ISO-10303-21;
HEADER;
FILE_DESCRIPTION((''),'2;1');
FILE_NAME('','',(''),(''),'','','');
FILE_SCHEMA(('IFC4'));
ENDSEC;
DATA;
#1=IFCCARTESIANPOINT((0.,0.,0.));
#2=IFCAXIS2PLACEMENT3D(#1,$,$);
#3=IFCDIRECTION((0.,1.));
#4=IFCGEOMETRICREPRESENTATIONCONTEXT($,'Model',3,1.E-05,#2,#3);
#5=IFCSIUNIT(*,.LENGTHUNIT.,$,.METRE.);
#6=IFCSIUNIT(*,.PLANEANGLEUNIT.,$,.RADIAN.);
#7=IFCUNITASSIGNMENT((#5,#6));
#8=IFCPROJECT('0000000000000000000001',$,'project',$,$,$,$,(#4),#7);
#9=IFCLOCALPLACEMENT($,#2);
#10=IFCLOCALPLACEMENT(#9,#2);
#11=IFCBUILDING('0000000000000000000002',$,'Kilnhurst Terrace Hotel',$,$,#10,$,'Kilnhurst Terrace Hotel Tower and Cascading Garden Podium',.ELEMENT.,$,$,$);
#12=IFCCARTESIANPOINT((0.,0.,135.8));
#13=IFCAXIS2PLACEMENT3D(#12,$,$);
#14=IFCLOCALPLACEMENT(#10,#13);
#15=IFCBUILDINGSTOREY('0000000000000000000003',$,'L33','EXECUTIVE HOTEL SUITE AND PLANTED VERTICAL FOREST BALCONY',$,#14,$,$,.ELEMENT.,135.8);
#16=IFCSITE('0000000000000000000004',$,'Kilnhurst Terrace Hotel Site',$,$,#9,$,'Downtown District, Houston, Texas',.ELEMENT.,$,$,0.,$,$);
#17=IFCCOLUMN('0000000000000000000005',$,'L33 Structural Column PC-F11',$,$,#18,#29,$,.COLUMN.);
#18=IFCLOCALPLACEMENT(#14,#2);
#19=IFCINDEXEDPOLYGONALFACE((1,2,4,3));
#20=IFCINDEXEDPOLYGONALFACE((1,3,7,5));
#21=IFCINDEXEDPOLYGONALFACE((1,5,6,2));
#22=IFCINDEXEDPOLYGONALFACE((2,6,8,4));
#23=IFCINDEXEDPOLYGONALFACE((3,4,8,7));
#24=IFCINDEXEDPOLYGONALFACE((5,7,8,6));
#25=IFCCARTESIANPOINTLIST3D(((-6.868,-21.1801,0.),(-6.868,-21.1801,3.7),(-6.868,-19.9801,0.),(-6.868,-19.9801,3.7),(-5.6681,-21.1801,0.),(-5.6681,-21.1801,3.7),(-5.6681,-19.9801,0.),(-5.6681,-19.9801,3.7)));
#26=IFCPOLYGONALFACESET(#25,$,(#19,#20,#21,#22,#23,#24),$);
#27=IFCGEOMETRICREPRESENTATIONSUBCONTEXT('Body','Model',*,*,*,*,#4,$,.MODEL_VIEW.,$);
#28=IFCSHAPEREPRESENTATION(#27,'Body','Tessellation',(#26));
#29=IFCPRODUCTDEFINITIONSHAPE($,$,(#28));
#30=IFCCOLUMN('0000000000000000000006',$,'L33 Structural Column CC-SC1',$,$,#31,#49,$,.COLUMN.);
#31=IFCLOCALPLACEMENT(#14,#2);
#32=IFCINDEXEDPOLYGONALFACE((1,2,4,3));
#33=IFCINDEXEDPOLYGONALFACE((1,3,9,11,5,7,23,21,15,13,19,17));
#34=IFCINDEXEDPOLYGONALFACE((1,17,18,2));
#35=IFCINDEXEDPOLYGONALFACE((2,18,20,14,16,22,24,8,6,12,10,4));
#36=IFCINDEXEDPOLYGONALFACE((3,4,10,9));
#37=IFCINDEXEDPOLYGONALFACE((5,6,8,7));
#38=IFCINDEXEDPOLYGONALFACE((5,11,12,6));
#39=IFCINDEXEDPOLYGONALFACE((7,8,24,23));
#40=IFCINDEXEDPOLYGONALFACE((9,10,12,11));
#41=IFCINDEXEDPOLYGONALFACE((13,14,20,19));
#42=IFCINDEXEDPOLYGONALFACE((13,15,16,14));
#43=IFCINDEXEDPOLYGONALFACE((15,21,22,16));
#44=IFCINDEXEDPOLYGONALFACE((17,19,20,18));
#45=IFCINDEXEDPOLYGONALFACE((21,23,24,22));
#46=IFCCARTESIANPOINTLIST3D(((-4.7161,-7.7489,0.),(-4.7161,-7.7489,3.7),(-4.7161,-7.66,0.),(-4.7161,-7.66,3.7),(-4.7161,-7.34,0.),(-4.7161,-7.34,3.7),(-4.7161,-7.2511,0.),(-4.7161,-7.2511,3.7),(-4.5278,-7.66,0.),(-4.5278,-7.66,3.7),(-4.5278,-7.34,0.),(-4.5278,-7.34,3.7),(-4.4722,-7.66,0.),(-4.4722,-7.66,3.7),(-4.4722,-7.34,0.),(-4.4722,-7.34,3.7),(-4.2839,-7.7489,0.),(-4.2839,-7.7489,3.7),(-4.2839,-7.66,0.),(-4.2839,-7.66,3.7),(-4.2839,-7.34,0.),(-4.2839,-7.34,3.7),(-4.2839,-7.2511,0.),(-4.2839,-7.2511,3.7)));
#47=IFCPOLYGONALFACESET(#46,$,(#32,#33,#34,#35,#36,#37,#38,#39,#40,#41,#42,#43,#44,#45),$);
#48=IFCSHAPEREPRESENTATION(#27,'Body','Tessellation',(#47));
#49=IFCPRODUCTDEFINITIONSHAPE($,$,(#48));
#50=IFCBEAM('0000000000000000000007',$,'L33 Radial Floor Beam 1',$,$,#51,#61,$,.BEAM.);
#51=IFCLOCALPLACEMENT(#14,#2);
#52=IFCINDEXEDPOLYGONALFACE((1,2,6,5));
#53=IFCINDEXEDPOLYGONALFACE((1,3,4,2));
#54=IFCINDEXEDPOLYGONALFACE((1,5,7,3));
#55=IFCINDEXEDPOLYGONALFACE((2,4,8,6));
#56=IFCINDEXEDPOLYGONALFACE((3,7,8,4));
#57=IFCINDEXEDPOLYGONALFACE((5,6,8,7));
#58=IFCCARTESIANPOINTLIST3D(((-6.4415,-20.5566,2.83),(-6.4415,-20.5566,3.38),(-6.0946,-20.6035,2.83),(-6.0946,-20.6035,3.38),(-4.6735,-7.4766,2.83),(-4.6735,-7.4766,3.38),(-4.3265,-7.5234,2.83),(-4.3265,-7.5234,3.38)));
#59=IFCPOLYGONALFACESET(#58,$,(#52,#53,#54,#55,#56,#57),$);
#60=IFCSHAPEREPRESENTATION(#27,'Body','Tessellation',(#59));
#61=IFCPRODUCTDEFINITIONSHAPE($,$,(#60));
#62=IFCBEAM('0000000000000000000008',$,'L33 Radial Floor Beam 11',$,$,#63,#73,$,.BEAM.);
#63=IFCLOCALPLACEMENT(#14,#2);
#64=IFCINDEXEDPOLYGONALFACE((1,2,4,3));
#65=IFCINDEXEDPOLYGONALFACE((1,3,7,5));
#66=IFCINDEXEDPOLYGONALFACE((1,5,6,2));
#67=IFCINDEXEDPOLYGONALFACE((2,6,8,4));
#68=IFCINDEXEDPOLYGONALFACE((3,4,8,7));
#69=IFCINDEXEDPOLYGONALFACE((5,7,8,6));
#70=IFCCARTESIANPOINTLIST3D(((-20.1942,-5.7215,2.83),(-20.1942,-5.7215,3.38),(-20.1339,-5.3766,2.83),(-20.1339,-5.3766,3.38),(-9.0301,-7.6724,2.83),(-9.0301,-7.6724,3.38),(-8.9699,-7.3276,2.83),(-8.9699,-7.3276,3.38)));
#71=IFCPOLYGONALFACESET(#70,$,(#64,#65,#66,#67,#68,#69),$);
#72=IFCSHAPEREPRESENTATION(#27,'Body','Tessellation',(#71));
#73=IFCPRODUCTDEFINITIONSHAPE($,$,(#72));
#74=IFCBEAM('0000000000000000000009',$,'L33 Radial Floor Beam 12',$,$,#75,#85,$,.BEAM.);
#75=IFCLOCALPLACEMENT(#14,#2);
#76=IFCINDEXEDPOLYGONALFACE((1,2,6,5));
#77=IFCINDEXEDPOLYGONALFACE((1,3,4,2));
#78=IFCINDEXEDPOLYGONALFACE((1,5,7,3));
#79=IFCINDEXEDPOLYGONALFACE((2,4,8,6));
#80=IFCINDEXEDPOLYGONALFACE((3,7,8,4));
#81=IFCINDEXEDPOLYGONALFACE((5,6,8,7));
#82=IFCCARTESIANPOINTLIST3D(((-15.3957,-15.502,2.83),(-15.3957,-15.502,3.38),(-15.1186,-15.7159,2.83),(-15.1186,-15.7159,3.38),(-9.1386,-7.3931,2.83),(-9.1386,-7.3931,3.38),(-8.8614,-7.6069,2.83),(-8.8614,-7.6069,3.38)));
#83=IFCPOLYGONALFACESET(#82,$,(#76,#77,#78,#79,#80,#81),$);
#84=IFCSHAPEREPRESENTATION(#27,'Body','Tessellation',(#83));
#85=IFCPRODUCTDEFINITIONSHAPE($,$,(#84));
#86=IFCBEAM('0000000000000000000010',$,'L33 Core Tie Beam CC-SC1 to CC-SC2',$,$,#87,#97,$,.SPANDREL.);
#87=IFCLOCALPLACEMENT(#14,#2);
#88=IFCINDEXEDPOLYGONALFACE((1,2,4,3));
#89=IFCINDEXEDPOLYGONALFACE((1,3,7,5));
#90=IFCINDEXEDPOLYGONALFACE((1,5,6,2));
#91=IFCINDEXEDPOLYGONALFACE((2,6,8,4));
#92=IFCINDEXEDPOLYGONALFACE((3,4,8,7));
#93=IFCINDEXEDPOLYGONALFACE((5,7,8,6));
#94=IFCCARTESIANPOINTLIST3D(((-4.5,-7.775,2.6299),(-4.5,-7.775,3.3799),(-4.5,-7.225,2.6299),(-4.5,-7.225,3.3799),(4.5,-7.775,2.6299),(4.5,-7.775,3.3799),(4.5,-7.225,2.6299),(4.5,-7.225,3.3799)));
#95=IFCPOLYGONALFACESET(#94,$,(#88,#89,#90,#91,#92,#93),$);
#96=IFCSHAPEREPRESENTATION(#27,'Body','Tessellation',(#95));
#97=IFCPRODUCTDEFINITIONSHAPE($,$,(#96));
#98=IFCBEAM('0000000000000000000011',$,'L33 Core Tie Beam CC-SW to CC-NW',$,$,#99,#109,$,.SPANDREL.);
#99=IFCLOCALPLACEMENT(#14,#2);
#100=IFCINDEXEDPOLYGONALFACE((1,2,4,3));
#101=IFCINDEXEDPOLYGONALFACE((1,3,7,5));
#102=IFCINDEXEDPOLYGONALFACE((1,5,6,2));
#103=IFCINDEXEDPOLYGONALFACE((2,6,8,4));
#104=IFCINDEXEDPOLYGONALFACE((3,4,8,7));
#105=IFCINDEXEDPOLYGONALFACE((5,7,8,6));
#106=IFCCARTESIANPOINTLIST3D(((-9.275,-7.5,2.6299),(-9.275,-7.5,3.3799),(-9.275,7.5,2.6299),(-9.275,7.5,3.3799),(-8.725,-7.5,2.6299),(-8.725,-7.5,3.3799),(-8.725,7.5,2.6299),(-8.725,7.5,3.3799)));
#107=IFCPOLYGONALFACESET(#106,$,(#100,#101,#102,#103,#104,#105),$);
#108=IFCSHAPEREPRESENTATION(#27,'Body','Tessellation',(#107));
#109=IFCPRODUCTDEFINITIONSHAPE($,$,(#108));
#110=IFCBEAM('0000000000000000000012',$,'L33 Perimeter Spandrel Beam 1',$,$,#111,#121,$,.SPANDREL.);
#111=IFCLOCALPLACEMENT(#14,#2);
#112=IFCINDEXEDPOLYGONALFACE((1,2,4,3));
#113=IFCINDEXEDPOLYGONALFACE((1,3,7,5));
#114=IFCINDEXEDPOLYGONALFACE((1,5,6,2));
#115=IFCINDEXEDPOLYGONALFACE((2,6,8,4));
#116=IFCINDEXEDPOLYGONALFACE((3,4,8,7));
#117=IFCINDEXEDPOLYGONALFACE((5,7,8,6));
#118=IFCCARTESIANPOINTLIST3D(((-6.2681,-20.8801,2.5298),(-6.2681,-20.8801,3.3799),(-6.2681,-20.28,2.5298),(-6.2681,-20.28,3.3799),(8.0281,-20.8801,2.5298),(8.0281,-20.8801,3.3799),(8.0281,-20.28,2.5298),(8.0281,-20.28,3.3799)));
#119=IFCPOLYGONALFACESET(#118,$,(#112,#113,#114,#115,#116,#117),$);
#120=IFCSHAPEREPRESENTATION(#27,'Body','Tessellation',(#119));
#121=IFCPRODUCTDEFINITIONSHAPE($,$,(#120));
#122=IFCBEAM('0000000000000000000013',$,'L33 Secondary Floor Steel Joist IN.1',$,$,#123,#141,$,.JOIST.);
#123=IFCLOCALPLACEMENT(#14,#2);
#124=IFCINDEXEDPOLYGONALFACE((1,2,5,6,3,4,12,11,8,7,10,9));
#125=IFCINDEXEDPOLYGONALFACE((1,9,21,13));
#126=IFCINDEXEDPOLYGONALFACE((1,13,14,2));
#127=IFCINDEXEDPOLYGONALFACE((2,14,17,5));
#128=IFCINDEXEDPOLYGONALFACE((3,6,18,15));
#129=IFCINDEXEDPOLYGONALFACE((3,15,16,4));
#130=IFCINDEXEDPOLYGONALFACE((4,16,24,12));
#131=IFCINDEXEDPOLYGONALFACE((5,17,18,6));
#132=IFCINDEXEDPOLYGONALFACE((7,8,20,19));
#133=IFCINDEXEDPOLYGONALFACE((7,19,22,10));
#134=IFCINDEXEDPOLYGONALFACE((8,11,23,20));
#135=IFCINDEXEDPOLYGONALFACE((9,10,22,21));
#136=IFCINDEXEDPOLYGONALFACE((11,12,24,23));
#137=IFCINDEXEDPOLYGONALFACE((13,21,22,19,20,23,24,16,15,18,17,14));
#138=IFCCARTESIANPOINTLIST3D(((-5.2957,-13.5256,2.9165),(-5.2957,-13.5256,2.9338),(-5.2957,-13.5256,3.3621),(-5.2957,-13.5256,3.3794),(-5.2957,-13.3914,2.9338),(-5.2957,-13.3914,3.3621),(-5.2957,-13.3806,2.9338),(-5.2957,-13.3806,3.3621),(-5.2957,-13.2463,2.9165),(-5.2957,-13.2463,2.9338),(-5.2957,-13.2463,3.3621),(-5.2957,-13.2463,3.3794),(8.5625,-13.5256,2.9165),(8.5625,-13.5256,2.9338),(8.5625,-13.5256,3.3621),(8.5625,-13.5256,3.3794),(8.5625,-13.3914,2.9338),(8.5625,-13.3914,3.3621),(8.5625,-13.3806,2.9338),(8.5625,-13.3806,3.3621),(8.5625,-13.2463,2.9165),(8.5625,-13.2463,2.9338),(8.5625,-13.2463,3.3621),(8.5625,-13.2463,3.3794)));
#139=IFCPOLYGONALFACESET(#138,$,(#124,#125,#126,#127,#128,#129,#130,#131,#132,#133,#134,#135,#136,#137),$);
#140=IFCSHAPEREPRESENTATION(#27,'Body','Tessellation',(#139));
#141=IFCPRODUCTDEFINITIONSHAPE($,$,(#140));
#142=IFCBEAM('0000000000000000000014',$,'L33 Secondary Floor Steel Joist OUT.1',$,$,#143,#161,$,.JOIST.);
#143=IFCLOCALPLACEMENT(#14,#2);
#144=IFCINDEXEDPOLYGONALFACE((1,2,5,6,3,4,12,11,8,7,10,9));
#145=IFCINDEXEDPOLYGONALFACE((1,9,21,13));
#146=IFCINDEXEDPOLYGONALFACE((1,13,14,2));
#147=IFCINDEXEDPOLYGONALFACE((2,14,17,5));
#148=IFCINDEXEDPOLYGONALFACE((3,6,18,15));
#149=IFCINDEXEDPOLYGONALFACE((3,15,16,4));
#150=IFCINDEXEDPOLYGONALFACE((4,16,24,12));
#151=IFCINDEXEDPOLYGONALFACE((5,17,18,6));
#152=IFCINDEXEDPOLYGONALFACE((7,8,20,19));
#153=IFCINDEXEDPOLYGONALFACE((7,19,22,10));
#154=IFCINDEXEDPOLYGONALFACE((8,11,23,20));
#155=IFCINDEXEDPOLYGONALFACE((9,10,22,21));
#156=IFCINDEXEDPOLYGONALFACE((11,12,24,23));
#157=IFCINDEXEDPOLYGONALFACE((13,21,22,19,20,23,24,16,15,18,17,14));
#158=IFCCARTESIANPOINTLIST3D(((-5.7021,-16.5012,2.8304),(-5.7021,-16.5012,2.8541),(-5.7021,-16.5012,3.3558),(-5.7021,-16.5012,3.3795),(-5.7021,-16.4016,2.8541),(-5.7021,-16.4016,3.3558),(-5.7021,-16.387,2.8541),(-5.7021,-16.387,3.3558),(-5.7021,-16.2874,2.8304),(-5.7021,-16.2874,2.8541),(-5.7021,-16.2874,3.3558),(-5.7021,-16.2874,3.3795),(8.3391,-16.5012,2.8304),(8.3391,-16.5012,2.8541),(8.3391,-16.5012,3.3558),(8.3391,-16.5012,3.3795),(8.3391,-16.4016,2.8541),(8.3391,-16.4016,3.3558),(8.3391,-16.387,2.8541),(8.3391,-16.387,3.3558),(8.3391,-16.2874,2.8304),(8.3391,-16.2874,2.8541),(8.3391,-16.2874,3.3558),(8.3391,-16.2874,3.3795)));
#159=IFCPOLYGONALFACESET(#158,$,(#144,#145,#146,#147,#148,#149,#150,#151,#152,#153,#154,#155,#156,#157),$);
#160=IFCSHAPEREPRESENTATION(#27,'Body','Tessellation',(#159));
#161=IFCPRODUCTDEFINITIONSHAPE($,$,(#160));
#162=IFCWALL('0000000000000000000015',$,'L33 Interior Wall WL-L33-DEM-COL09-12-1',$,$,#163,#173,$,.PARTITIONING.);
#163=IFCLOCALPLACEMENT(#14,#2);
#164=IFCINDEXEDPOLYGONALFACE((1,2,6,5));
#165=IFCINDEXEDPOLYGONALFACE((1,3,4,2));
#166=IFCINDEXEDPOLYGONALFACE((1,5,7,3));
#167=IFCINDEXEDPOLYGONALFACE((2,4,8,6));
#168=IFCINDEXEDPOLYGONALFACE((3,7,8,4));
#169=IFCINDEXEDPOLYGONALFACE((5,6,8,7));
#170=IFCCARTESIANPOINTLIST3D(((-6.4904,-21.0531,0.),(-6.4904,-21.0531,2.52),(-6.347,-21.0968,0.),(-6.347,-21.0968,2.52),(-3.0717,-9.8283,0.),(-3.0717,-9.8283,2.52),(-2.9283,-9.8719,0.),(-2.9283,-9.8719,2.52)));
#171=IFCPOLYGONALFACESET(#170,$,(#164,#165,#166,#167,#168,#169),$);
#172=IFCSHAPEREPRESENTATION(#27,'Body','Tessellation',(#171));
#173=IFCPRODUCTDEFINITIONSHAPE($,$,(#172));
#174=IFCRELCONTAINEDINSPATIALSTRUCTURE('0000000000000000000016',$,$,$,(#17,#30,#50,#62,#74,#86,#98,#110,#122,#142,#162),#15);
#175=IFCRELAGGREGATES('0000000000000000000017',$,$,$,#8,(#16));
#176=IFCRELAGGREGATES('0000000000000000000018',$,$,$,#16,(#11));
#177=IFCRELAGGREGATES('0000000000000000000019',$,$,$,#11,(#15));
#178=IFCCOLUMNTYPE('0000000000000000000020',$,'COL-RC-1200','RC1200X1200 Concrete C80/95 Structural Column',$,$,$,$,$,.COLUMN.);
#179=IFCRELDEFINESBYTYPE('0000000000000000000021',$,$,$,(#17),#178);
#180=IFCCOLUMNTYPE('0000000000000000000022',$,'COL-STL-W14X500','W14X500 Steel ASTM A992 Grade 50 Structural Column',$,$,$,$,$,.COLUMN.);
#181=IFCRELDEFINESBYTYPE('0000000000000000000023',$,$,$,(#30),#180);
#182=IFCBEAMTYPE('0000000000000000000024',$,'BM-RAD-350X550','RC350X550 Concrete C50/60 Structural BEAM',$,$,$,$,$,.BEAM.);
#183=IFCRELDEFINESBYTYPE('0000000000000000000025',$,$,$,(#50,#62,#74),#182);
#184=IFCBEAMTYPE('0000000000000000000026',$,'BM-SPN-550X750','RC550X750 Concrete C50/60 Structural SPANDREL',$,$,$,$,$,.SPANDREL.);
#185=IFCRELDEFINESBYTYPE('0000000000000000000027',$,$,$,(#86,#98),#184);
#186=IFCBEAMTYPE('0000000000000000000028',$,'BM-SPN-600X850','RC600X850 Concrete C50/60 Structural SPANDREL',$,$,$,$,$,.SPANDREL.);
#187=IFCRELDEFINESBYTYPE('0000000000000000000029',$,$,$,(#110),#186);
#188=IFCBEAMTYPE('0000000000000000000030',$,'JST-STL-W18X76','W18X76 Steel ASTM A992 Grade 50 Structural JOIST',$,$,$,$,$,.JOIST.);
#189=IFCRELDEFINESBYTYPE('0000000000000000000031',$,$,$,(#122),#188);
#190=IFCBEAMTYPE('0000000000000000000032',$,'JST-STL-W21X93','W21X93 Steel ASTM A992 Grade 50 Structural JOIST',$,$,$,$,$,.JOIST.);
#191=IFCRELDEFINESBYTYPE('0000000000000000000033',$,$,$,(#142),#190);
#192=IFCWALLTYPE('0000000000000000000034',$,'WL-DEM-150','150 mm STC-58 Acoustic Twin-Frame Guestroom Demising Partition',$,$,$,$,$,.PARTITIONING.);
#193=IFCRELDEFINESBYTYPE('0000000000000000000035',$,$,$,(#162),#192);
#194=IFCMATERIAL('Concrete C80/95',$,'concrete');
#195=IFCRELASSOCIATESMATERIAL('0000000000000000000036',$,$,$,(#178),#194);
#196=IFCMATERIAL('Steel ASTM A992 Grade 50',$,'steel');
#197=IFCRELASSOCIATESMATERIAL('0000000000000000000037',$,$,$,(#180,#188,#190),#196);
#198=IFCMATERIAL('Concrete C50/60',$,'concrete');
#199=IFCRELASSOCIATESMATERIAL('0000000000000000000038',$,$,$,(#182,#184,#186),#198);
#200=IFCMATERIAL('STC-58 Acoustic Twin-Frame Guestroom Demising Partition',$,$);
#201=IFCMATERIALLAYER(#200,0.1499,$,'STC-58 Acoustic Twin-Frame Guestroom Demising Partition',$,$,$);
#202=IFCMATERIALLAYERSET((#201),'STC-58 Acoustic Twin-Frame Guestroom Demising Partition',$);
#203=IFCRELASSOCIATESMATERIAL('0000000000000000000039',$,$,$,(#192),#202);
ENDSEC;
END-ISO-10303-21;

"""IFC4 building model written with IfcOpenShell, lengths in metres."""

from ifc_helpers import new_model, si_unit, direction, frame, frame_2d, origin, origin_2d, place, context, subcontext, project, spatial, rectangle, i_section, extrude, material, layer, layer_set, material_profile, profile_set, type_object, element, save


model = new_model("IFC4")

# Units and contexts
model_context = context("Model", 3, precision=1e-05, world=origin(), true_north=direction((0.0, 1.0)))
body_context = subcontext(model_context, "Body", "Model", "MODEL_VIEW")
ifc_project = project(units=[si_unit("LENGTHUNIT", "METRE"), si_unit("PLANEANGLEUNIT", "RADIAN")], contexts=[model_context])

# Site, building, storey
site_placement = place(None, origin())
site = spatial("IfcSite", under=ifc_project, at=site_placement, Name="Kilnhurst Terrace Hotel Site", LongName="Downtown District, Houston, Texas", CompositionType="ELEMENT", RefElevation=0.0)
building_placement = place(site_placement, origin())
building = spatial("IfcBuilding", under=site, at=building_placement, Name="Kilnhurst Terrace Hotel", LongName="Kilnhurst Terrace Hotel Tower and Cascading Garden Podium", CompositionType="ELEMENT")
storey_placement = place(building_placement, frame((0.0, 0.0, 135.8)))
storey = spatial("IfcBuildingStorey", under=building, at=storey_placement, Name="L33", Description="EXECUTIVE HOTEL SUITE AND PLANTED VERTICAL FOREST BALCONY", CompositionType="ELEMENT", Elevation=135.8)

# Columns
ifc_material_1 = material(Name="Concrete C80/95", Category="concrete")
ifc_material_profile_1 = material_profile(ifc_material_1, rectangle(XDim=1.2, YDim=1.2, at=origin_2d()), Name="RC1200X1200")
ifc_profile_set_1 = profile_set([ifc_material_profile_1], Name="Concrete C80/95")
column_type_1 = type_object("IfcColumnType", Name="COL-RC-1200", Description="RC1200X1200 Concrete C80/95 Structural Column", PredefinedType="COLUMN", material=ifc_profile_set_1)
column_1_placement = place(storey_placement, frame((-6.2681, -20.5801, 0.0), z_axis=(0.0, 0.0, 1.0), x_axis=(1.0, 0.0, 0.0)))
element("IfcColumn", 1, at=column_1_placement, inside=storey, type_object=column_type_1, Name="L33 Structural Column PC-F11", PredefinedType="COLUMN", context=body_context, shape_type="SweptSolid", body=[
    extrude(rectangle(XDim=1.2, YDim=1.2, at=origin_2d()), origin(), (0.0, 0.0, 1.0), 3.7),
])
ifc_material_2 = material(Name="Steel ASTM A992 Grade 50", Category="steel")
ifc_material_profile_2 = material_profile(ifc_material_2, i_section(OverallWidth=0.4321, OverallDepth=0.4978, WebThickness=0.0557, FlangeThickness=0.0889, at=origin_2d()), Name="W14X500")
ifc_profile_set_2 = profile_set([ifc_material_profile_2], Name="Steel ASTM A992 Grade 50")
column_type_2 = type_object("IfcColumnType", Name="COL-STL-W14X500", Description="W14X500 Steel ASTM A992 Grade 50 Structural Column", PredefinedType="COLUMN", material=ifc_profile_set_2)
column_2_placement = place(storey_placement, frame((-4.5, -7.5, 0.0), z_axis=(0.0, 0.0, 1.0), x_axis=(1.0, 0.0, 0.0)))
element("IfcColumn", 2, at=column_2_placement, inside=storey, type_object=column_type_2, Name="L33 Structural Column CC-SC1", PredefinedType="COLUMN", context=body_context, shape_type="SweptSolid", body=[
    extrude(i_section(OverallWidth=0.4321, OverallDepth=0.4978, WebThickness=0.0557, FlangeThickness=0.0889, at=origin_2d()), origin(), (0.0, 0.0, 1.0), 3.7),
])

# Beams
ifc_material_3 = material(Name="Concrete C50/60", Category="concrete")
ifc_material_profile_3 = material_profile(ifc_material_3, rectangle(XDim=0.3501, YDim=0.55, at=origin_2d()), Name="RC350X550")
ifc_profile_set_3 = profile_set([ifc_material_profile_3], Name="Concrete C50/60")
beam_type_1 = type_object("IfcBeamType", Name="BM-RAD-350X550", Description="RC350X550 Concrete C50/60 Structural BEAM", PredefinedType="BEAM", material=ifc_profile_set_3)
beam_1_placement = place(storey_placement, frame((-4.5, -7.5, 3.105), z_axis=(-0.133954, -0.990988, 0.0), x_axis=(0.990988, -0.133954, 0.0)))
element("IfcBeam", 3, at=beam_1_placement, inside=storey, type_object=beam_type_1, Name="L33 Radial Floor Beam 1", PredefinedType="BEAM", context=body_context, shape_type="SweptSolid", body=[
    extrude(rectangle(XDim=0.3501, YDim=0.55, at=origin_2d()), origin(), (0.0, 0.0, 1.0), 13.199),
])
beam_2_placement = place(storey_placement, frame((-9.0, -7.5, 3.105), z_axis=(-0.985072, 0.172142, 0.0), x_axis=(-0.172142, -0.985072, 0.0)))
element("IfcBeam", 4, at=beam_2_placement, inside=storey, type_object=beam_type_1, Name="L33 Radial Floor Beam 11", PredefinedType="BEAM", context=body_context, shape_type="SweptSolid", body=[
    extrude(rectangle(XDim=0.3501, YDim=0.55, at=origin_2d()), origin(), (0.0, 0.0, 1.0), 11.3333),
])
beam_3_placement = place(storey_placement, frame((-9.0, -7.5, 3.105), z_axis=(-0.610905, -0.791704, 0.0), x_axis=(0.791704, -0.610905, 0.0)))
element("IfcBeam", 5, at=beam_3_placement, inside=storey, type_object=beam_type_1, Name="L33 Radial Floor Beam 12", PredefinedType="BEAM", context=body_context, shape_type="SweptSolid", body=[
    extrude(rectangle(XDim=0.3501, YDim=0.55, at=origin_2d()), origin(), (0.0, 0.0, 1.0), 10.2424),
])
ifc_material_profile_4 = material_profile(ifc_material_3, rectangle(XDim=0.55, YDim=0.75, at=origin_2d()), Name="RC550X750")
ifc_profile_set_4 = profile_set([ifc_material_profile_4], Name="Concrete C50/60")
beam_type_2 = type_object("IfcBeamType", Name="BM-SPN-550X750", Description="RC550X750 Concrete C50/60 Structural SPANDREL", PredefinedType="SPANDREL", material=ifc_profile_set_4)
beam_4_placement = place(storey_placement, frame((-4.5, -7.5, 3.0049), z_axis=(1.0, 0.0, 0.0), x_axis=(0.0, 1.0, 0.0)))
element("IfcBeam", 6, at=beam_4_placement, inside=storey, type_object=beam_type_2, Name="L33 Core Tie Beam CC-SC1 to CC-SC2", PredefinedType="SPANDREL", context=body_context, shape_type="SweptSolid", body=[
    extrude(rectangle(XDim=0.55, YDim=0.75, at=origin_2d()), origin(), (0.0, 0.0, 1.0), 9.0),
])
beam_5_placement = place(storey_placement, frame((-9.0, -7.5, 3.0049), z_axis=(0.0, 1.0, 0.0), x_axis=(-1.0, 0.0, 0.0)))
element("IfcBeam", 7, at=beam_5_placement, inside=storey, type_object=beam_type_2, Name="L33 Core Tie Beam CC-SW to CC-NW", PredefinedType="SPANDREL", context=body_context, shape_type="SweptSolid", body=[
    extrude(rectangle(XDim=0.55, YDim=0.75, at=origin_2d()), origin(), (0.0, 0.0, 1.0), 15.0),
])
ifc_material_profile_5 = material_profile(ifc_material_3, rectangle(XDim=0.6001, YDim=0.8501, at=origin_2d()), Name="RC600X850")
ifc_profile_set_5 = profile_set([ifc_material_profile_5], Name="Concrete C50/60")
beam_type_3 = type_object("IfcBeamType", Name="BM-SPN-600X850", Description="RC600X850 Concrete C50/60 Structural SPANDREL", PredefinedType="SPANDREL", material=ifc_profile_set_5)
beam_6_placement = place(storey_placement, frame((-6.2681, -20.5801, 2.9548), z_axis=(1.0, 0.0, 0.0), x_axis=(0.0, 1.0, 0.0)))
element("IfcBeam", 8, at=beam_6_placement, inside=storey, type_object=beam_type_3, Name="L33 Perimeter Spandrel Beam 1", PredefinedType="SPANDREL", context=body_context, shape_type="SweptSolid", body=[
    extrude(rectangle(XDim=0.6001, YDim=0.8501, at=origin_2d()), origin(), (0.0, 0.0, 1.0), 14.2961),
])
ifc_material_profile_6 = material_profile(ifc_material_2, i_section(OverallWidth=0.2793, OverallDepth=0.4629, WebThickness=0.0107, FlangeThickness=0.0173, at=origin_2d()), Name="W18X76")
ifc_profile_set_6 = profile_set([ifc_material_profile_6], Name="Steel ASTM A992 Grade 50")
beam_type_4 = type_object("IfcBeamType", Name="JST-STL-W18X76", Description="W18X76 Steel ASTM A992 Grade 50 Structural JOIST", PredefinedType="JOIST", material=ifc_profile_set_6)
beam_7_placement = place(storey_placement, frame((-5.2957, -13.386, 3.1479), z_axis=(1.0, 0.0, 0.0), x_axis=(0.0, 1.0, 0.0)))
element("IfcBeam", 9, at=beam_7_placement, inside=storey, type_object=beam_type_4, Name="L33 Secondary Floor Steel Joist IN.1", PredefinedType="JOIST", context=body_context, shape_type="SweptSolid", body=[
    extrude(i_section(OverallWidth=0.2793, OverallDepth=0.4629, WebThickness=0.0107, FlangeThickness=0.0173, at=origin_2d()), origin(), (0.0, 0.0, 1.0), 13.8582),
])
ifc_material_profile_7 = material_profile(ifc_material_2, i_section(OverallWidth=0.2139, OverallDepth=0.5491, WebThickness=0.0146, FlangeThickness=0.0237, at=origin_2d()), Name="W21X93")
ifc_profile_set_7 = profile_set([ifc_material_profile_7], Name="Steel ASTM A992 Grade 50")
beam_type_5 = type_object("IfcBeamType", Name="JST-STL-W21X93", Description="W21X93 Steel ASTM A992 Grade 50 Structural JOIST", PredefinedType="JOIST", material=ifc_profile_set_7)
beam_8_placement = place(storey_placement, frame((-5.7021, -16.3943, 3.105), z_axis=(1.0, 0.0, 0.0), x_axis=(0.0, 1.0, 0.0)))
element("IfcBeam", 10, at=beam_8_placement, inside=storey, type_object=beam_type_5, Name="L33 Secondary Floor Steel Joist OUT.1", PredefinedType="JOIST", context=body_context, shape_type="SweptSolid", body=[
    extrude(i_section(OverallWidth=0.2139, OverallDepth=0.5491, WebThickness=0.0146, FlangeThickness=0.0237, at=origin_2d()), origin(), (0.0, 0.0, 1.0), 14.0413),
])

# Wall
ifc_material_4 = material(Name="STC-58 Acoustic Twin-Frame Guestroom Demising Partition")
ifc_layer_1 = layer(ifc_material_4, 0.1499, Name="STC-58 Acoustic Twin-Frame Guestroom Demising Partition")
ifc_layer_set_1 = layer_set([ifc_layer_1], Name="STC-58 Acoustic Twin-Frame Guestroom Demising Partition")
wall_type_1 = type_object("IfcWallType", Name="WL-DEM-150", Description="150 mm STC-58 Acoustic Twin-Frame Guestroom Demising Partition", PredefinedType="PARTITIONING", material=ifc_layer_set_1)
wall_1_placement = place(storey_placement, frame((-3.0, -9.8501, 0.0), z_axis=(0.0, 0.0, 1.0), x_axis=(-0.291352, -0.956616, 0.0)))
element("IfcWall", 11, at=wall_1_placement, inside=storey, type_object=wall_type_1, Name="L33 Interior Wall WL-L33-DEM-COL09-12-1", PredefinedType="PARTITIONING", context=body_context, shape_type="SweptSolid", body=[
    extrude(rectangle(XDim=11.7339, YDim=0.1499, at=frame_2d((5.8669, 0.0))), origin(), (0.0, 0.0, 1.0), 2.52),
])

save(model, "model.ifc")
